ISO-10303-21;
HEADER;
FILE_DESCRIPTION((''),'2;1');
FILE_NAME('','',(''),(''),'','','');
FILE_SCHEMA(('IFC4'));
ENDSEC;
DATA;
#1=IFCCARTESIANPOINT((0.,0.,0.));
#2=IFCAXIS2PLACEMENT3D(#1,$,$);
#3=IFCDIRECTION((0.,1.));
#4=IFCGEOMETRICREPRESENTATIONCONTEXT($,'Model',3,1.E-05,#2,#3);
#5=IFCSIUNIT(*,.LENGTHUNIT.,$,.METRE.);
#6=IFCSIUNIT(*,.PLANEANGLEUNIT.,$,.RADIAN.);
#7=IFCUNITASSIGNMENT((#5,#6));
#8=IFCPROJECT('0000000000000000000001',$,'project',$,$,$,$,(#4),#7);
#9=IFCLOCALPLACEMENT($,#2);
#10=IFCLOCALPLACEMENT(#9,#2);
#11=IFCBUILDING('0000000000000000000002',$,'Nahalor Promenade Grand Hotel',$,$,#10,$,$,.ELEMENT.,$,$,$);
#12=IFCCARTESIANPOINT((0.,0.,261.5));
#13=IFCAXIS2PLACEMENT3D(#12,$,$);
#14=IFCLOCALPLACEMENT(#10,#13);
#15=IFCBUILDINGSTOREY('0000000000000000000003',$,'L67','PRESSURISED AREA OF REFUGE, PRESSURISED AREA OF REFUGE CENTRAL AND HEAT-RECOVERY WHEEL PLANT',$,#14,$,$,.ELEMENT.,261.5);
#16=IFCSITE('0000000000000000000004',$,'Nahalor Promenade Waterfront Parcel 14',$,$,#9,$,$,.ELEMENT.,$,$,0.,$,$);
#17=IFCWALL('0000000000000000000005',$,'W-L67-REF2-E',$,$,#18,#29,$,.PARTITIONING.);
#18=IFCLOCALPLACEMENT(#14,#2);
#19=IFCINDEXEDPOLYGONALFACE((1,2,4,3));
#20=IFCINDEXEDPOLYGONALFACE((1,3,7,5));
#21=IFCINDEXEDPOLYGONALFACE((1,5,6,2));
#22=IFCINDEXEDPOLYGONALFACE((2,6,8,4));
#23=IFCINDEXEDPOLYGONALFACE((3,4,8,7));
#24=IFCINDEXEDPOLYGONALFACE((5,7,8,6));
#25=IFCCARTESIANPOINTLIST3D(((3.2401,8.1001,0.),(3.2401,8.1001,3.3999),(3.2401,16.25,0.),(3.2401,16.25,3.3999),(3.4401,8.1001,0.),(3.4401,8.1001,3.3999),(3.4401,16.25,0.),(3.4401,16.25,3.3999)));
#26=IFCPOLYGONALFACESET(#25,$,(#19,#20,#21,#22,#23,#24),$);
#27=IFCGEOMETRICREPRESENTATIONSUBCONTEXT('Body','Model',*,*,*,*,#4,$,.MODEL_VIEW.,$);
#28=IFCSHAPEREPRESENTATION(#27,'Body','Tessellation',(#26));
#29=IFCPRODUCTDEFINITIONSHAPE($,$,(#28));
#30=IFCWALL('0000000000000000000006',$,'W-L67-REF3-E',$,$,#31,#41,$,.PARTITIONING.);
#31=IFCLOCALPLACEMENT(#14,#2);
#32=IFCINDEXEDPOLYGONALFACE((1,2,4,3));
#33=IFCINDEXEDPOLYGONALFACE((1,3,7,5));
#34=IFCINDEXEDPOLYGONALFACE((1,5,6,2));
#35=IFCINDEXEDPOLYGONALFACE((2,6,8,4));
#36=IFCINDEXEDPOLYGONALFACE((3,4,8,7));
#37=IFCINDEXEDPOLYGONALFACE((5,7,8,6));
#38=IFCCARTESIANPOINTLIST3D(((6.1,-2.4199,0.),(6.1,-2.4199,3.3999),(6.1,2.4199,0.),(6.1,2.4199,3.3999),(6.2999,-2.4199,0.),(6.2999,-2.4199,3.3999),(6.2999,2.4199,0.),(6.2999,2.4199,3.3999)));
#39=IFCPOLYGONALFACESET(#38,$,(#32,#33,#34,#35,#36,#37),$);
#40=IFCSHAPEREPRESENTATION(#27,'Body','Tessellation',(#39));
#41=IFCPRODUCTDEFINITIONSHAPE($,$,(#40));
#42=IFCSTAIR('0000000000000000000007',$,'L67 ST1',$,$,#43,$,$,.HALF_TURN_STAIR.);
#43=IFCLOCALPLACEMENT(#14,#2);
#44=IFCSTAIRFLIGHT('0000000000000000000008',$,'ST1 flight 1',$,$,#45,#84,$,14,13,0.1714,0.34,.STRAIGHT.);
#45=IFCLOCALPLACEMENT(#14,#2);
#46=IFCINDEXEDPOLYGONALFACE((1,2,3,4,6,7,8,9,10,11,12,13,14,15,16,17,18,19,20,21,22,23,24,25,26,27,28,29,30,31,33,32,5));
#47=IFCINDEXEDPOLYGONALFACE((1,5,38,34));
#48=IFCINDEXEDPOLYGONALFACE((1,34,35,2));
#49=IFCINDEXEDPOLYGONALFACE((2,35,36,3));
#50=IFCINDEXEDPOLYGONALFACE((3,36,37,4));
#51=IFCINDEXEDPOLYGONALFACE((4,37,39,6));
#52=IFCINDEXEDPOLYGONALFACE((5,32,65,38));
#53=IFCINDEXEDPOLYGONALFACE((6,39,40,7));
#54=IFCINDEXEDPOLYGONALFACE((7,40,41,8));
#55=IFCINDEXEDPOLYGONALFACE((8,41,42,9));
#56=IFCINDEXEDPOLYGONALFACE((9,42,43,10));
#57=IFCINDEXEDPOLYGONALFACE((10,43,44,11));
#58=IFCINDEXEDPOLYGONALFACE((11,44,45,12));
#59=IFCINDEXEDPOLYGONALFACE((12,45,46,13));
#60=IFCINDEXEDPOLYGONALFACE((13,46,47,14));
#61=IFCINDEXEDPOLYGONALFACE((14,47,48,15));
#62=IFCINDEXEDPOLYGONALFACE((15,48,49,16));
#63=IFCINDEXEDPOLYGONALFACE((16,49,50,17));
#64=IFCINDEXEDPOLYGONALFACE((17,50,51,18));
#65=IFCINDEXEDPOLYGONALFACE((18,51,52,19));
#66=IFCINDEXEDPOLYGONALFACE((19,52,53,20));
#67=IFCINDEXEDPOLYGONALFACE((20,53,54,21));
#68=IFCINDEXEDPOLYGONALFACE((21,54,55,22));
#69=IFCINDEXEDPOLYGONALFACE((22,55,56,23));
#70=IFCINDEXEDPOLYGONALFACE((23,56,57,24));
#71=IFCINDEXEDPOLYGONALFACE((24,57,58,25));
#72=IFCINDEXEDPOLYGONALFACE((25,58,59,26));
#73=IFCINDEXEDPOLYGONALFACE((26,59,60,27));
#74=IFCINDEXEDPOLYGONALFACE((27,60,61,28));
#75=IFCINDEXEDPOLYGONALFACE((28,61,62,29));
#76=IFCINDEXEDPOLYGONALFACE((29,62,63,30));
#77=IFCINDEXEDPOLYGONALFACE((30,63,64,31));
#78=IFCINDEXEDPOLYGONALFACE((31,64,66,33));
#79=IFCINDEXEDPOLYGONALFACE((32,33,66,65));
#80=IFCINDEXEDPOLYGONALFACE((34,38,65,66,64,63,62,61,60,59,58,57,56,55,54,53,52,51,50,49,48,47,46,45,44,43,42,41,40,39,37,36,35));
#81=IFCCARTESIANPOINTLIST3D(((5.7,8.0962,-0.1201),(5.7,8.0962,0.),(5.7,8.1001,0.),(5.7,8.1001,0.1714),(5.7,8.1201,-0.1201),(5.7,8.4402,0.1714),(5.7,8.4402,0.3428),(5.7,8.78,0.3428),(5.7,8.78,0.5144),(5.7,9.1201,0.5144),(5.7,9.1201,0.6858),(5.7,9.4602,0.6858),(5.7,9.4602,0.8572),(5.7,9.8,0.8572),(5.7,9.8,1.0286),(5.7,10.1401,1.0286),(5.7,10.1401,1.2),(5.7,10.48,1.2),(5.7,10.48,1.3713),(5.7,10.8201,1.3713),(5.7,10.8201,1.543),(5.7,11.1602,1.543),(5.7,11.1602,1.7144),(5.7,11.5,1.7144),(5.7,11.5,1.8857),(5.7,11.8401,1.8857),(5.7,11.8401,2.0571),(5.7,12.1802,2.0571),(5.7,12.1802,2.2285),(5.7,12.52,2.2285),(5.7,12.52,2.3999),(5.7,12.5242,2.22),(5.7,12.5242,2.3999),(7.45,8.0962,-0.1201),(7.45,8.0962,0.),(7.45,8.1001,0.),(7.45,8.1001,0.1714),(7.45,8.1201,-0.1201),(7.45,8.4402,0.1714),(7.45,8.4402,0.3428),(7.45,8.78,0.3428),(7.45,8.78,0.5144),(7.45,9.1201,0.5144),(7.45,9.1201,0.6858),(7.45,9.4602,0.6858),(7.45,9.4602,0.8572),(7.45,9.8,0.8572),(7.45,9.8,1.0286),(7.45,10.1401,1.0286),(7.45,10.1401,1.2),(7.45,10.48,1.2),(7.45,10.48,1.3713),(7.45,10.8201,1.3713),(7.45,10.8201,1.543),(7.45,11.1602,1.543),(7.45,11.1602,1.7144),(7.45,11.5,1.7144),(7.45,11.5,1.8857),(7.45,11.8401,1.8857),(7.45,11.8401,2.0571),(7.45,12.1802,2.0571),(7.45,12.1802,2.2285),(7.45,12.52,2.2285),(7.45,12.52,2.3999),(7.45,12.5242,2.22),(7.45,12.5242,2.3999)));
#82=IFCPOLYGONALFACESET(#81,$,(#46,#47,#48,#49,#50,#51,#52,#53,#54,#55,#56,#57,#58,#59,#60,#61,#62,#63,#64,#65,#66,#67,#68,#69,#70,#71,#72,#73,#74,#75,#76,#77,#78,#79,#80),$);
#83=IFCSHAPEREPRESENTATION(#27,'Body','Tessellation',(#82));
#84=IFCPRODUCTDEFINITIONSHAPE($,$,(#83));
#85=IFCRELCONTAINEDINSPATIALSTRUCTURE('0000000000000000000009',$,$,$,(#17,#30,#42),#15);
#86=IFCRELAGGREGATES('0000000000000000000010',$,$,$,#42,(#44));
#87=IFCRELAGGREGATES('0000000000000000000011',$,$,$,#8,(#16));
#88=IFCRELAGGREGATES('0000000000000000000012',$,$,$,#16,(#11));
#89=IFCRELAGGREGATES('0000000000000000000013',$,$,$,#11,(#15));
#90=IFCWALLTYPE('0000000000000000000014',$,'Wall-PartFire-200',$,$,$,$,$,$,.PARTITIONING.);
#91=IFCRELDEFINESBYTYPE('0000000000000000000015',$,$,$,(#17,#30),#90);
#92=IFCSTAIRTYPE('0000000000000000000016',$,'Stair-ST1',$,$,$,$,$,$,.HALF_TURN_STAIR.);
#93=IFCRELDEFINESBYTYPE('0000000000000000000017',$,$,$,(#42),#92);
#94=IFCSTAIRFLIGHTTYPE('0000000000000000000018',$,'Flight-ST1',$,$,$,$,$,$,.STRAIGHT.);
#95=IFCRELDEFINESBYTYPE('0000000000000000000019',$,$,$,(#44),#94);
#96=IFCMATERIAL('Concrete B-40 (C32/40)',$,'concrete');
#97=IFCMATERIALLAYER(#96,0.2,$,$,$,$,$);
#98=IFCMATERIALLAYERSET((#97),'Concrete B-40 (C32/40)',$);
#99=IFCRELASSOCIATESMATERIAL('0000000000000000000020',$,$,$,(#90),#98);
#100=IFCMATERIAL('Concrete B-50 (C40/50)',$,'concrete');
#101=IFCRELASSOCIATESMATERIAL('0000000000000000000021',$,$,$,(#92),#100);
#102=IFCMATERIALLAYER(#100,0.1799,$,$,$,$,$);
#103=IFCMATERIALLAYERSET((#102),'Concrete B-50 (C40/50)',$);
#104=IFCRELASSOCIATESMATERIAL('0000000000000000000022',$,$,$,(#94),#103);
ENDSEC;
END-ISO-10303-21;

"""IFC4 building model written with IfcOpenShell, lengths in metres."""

from ifc_helpers import new_model, si_unit, direction, frame, frame_2d, origin, place, context, subcontext, project, spatial, polyline, rectangle, outline, extrude, source, transform, mapped, material, layer, layer_set, type_object, element, aggregate, save


model = new_model("IFC4")

# Units and contexts
model_context = context("Model", 3, precision=1e-05, world=origin(), true_north=direction((0.0, 1.0)))
body_context = subcontext(model_context, "Body", "Model", "MODEL_VIEW")
ifc_project = project(units=[si_unit("LENGTHUNIT", "METRE"), si_unit("PLANEANGLEUNIT", "RADIAN")], contexts=[model_context])

# Site, building, storey
site_placement = place(None, origin())
site = spatial("IfcSite", under=ifc_project, at=site_placement, Name="Nahalor Promenade Waterfront Parcel 14", CompositionType="ELEMENT", RefElevation=0.0)
building_placement = place(site_placement, origin())
building = spatial("IfcBuilding", under=site, at=building_placement, Name="Nahalor Promenade Grand Hotel", CompositionType="ELEMENT")
storey_placement = place(building_placement, frame((0.0, 0.0, 261.5)))
storey = spatial("IfcBuildingStorey", under=building, at=storey_placement, Name="L67", Description="PRESSURISED AREA OF REFUGE, PRESSURISED AREA OF REFUGE CENTRAL AND HEAT-RECOVERY WHEEL PLANT", CompositionType="ELEMENT", Elevation=261.5)

# Shared definitions
ifc_material_1 = material(Name="Concrete B-50 (C40/50)", Category="concrete")

# Shared definitions
ifc_material_2 = material(Name="Concrete B-40 (C32/40)", Category="concrete")
ifc_layer_1 = layer(ifc_material_2, 0.2)
ifc_layer_set_1 = layer_set([ifc_layer_1], Name="Concrete B-40 (C32/40)")
wall_type_1 = type_object("IfcWallType", Name="Wall-PartFire-200", PredefinedType="PARTITIONING", material=ifc_layer_set_1)

# Walls
shared_shape_1 = source(origin(), body_context, "Body", "SweptSolid", [
    extrude(rectangle(XDim=8.1499, YDim=0.2, at=frame_2d((4.075, 0.0))), origin(), (0.0, 0.0, 1.0), 3.3999),
])
wall_1_placement = place(storey_placement, frame((3.3401, 8.1001, 0.0), z_axis=(0.0, 0.0, 1.0), x_axis=(0.0, 1.0, 0.0)))
element("IfcWall", 1, at=wall_1_placement, inside=storey, type_object=wall_type_1, Name="W-L67-REF2-E", PredefinedType="PARTITIONING", context=body_context, shape_type="MappedRepresentation", body=[
    mapped(shared_shape_1, transform((0.0, 0.0, 0.0), scale=1.0)),
])
shared_shape_2 = source(origin(), body_context, "Body", "SweptSolid", [
    extrude(rectangle(XDim=4.8398, YDim=0.2, at=frame_2d((2.4199, 0.0))), origin(), (0.0, 0.0, 1.0), 3.3999),
])
wall_2_placement = place(storey_placement, frame((6.2, -2.4199, 0.0), z_axis=(0.0, 0.0, 1.0), x_axis=(0.0, 1.0, 0.0)))
element("IfcWall", 2, at=wall_2_placement, inside=storey, type_object=wall_type_1, Name="W-L67-REF3-E", PredefinedType="PARTITIONING", context=body_context, shape_type="MappedRepresentation", body=[
    mapped(shared_shape_2, transform((0.0, 0.0, 0.0), scale=1.0)),
])

# Stair, stair flight
stair_type = type_object("IfcStairType", Name="Stair-ST1", PredefinedType="HALF_TURN_STAIR", material=ifc_material_1)
stair_placement = place(storey_placement, origin())
stair = element("IfcStair", 3, at=stair_placement, inside=storey, type_object=stair_type, Name="L67 ST1", PredefinedType="HALF_TURN_STAIR")
ifc_layer_2 = layer(ifc_material_1, 0.1799)
ifc_layer_set_2 = layer_set([ifc_layer_2], Name="Concrete B-50 (C40/50)")
stair_flight_type = type_object("IfcStairFlightType", Name="Flight-ST1", PredefinedType="STRAIGHT", material=ifc_layer_set_2)
shared_shape_3 = source(origin(), body_context, "Body", "SweptSolid", [
    extrude(outline(polyline([(-0.0039, -0.1201), (-0.0039, 0.0), (0.0, 0.0), (0.0, 0.1714), (0.3401, 0.1714), (0.3401, 0.3428), (0.6799, 0.3428), (0.6799, 0.5144), (1.02, 0.5144), (1.02, 0.6858), (1.3601, 0.6858), (1.3601, 0.8572), (1.7, 0.8572), (1.7, 1.0286), (2.04, 1.0286), (2.04, 1.2), (2.3799, 1.2), (2.3799, 1.3713), (2.72, 1.3713), (2.72, 1.543), (3.0601, 1.543), (3.0601, 1.7144), (3.3999, 1.7144), (3.3999, 1.8857), (3.74, 1.8857), (3.74, 2.0571), (4.0801, 2.0571), (4.0801, 2.2285), (4.4199, 2.2285), (4.4199, 2.3999), (4.4241, 2.3999), (4.4241, 2.22), (0.02, -0.1201), (-0.0039, -0.1201)])), frame((0.0, 0.875, 0.0), z_axis=(0.0, -1.0, 0.0), x_axis=(1.0, 0.0, 0.0)), (0.0, 0.0, 1.0), 1.75),
])
stair_flight_placement = place(storey_placement, frame((6.575, 8.1001, 0.0), z_axis=(0.0, 0.0, 1.0), x_axis=(0.0, 1.0, 0.0)))
stair_flight = element("IfcStairFlight", 4, at=stair_flight_placement, type_object=stair_flight_type, Name="ST1 flight 1", NumberOfRisers=14, NumberOfTreads=13, PredefinedType="STRAIGHT", RiserHeight=0.1714, TreadLength=0.34, context=body_context, shape_type="MappedRepresentation", body=[
    mapped(shared_shape_3, transform((0.0, 0.0, 0.0), scale=1.0)),
])
aggregate(stair, [stair_flight])

save(model, "model.ifc")
